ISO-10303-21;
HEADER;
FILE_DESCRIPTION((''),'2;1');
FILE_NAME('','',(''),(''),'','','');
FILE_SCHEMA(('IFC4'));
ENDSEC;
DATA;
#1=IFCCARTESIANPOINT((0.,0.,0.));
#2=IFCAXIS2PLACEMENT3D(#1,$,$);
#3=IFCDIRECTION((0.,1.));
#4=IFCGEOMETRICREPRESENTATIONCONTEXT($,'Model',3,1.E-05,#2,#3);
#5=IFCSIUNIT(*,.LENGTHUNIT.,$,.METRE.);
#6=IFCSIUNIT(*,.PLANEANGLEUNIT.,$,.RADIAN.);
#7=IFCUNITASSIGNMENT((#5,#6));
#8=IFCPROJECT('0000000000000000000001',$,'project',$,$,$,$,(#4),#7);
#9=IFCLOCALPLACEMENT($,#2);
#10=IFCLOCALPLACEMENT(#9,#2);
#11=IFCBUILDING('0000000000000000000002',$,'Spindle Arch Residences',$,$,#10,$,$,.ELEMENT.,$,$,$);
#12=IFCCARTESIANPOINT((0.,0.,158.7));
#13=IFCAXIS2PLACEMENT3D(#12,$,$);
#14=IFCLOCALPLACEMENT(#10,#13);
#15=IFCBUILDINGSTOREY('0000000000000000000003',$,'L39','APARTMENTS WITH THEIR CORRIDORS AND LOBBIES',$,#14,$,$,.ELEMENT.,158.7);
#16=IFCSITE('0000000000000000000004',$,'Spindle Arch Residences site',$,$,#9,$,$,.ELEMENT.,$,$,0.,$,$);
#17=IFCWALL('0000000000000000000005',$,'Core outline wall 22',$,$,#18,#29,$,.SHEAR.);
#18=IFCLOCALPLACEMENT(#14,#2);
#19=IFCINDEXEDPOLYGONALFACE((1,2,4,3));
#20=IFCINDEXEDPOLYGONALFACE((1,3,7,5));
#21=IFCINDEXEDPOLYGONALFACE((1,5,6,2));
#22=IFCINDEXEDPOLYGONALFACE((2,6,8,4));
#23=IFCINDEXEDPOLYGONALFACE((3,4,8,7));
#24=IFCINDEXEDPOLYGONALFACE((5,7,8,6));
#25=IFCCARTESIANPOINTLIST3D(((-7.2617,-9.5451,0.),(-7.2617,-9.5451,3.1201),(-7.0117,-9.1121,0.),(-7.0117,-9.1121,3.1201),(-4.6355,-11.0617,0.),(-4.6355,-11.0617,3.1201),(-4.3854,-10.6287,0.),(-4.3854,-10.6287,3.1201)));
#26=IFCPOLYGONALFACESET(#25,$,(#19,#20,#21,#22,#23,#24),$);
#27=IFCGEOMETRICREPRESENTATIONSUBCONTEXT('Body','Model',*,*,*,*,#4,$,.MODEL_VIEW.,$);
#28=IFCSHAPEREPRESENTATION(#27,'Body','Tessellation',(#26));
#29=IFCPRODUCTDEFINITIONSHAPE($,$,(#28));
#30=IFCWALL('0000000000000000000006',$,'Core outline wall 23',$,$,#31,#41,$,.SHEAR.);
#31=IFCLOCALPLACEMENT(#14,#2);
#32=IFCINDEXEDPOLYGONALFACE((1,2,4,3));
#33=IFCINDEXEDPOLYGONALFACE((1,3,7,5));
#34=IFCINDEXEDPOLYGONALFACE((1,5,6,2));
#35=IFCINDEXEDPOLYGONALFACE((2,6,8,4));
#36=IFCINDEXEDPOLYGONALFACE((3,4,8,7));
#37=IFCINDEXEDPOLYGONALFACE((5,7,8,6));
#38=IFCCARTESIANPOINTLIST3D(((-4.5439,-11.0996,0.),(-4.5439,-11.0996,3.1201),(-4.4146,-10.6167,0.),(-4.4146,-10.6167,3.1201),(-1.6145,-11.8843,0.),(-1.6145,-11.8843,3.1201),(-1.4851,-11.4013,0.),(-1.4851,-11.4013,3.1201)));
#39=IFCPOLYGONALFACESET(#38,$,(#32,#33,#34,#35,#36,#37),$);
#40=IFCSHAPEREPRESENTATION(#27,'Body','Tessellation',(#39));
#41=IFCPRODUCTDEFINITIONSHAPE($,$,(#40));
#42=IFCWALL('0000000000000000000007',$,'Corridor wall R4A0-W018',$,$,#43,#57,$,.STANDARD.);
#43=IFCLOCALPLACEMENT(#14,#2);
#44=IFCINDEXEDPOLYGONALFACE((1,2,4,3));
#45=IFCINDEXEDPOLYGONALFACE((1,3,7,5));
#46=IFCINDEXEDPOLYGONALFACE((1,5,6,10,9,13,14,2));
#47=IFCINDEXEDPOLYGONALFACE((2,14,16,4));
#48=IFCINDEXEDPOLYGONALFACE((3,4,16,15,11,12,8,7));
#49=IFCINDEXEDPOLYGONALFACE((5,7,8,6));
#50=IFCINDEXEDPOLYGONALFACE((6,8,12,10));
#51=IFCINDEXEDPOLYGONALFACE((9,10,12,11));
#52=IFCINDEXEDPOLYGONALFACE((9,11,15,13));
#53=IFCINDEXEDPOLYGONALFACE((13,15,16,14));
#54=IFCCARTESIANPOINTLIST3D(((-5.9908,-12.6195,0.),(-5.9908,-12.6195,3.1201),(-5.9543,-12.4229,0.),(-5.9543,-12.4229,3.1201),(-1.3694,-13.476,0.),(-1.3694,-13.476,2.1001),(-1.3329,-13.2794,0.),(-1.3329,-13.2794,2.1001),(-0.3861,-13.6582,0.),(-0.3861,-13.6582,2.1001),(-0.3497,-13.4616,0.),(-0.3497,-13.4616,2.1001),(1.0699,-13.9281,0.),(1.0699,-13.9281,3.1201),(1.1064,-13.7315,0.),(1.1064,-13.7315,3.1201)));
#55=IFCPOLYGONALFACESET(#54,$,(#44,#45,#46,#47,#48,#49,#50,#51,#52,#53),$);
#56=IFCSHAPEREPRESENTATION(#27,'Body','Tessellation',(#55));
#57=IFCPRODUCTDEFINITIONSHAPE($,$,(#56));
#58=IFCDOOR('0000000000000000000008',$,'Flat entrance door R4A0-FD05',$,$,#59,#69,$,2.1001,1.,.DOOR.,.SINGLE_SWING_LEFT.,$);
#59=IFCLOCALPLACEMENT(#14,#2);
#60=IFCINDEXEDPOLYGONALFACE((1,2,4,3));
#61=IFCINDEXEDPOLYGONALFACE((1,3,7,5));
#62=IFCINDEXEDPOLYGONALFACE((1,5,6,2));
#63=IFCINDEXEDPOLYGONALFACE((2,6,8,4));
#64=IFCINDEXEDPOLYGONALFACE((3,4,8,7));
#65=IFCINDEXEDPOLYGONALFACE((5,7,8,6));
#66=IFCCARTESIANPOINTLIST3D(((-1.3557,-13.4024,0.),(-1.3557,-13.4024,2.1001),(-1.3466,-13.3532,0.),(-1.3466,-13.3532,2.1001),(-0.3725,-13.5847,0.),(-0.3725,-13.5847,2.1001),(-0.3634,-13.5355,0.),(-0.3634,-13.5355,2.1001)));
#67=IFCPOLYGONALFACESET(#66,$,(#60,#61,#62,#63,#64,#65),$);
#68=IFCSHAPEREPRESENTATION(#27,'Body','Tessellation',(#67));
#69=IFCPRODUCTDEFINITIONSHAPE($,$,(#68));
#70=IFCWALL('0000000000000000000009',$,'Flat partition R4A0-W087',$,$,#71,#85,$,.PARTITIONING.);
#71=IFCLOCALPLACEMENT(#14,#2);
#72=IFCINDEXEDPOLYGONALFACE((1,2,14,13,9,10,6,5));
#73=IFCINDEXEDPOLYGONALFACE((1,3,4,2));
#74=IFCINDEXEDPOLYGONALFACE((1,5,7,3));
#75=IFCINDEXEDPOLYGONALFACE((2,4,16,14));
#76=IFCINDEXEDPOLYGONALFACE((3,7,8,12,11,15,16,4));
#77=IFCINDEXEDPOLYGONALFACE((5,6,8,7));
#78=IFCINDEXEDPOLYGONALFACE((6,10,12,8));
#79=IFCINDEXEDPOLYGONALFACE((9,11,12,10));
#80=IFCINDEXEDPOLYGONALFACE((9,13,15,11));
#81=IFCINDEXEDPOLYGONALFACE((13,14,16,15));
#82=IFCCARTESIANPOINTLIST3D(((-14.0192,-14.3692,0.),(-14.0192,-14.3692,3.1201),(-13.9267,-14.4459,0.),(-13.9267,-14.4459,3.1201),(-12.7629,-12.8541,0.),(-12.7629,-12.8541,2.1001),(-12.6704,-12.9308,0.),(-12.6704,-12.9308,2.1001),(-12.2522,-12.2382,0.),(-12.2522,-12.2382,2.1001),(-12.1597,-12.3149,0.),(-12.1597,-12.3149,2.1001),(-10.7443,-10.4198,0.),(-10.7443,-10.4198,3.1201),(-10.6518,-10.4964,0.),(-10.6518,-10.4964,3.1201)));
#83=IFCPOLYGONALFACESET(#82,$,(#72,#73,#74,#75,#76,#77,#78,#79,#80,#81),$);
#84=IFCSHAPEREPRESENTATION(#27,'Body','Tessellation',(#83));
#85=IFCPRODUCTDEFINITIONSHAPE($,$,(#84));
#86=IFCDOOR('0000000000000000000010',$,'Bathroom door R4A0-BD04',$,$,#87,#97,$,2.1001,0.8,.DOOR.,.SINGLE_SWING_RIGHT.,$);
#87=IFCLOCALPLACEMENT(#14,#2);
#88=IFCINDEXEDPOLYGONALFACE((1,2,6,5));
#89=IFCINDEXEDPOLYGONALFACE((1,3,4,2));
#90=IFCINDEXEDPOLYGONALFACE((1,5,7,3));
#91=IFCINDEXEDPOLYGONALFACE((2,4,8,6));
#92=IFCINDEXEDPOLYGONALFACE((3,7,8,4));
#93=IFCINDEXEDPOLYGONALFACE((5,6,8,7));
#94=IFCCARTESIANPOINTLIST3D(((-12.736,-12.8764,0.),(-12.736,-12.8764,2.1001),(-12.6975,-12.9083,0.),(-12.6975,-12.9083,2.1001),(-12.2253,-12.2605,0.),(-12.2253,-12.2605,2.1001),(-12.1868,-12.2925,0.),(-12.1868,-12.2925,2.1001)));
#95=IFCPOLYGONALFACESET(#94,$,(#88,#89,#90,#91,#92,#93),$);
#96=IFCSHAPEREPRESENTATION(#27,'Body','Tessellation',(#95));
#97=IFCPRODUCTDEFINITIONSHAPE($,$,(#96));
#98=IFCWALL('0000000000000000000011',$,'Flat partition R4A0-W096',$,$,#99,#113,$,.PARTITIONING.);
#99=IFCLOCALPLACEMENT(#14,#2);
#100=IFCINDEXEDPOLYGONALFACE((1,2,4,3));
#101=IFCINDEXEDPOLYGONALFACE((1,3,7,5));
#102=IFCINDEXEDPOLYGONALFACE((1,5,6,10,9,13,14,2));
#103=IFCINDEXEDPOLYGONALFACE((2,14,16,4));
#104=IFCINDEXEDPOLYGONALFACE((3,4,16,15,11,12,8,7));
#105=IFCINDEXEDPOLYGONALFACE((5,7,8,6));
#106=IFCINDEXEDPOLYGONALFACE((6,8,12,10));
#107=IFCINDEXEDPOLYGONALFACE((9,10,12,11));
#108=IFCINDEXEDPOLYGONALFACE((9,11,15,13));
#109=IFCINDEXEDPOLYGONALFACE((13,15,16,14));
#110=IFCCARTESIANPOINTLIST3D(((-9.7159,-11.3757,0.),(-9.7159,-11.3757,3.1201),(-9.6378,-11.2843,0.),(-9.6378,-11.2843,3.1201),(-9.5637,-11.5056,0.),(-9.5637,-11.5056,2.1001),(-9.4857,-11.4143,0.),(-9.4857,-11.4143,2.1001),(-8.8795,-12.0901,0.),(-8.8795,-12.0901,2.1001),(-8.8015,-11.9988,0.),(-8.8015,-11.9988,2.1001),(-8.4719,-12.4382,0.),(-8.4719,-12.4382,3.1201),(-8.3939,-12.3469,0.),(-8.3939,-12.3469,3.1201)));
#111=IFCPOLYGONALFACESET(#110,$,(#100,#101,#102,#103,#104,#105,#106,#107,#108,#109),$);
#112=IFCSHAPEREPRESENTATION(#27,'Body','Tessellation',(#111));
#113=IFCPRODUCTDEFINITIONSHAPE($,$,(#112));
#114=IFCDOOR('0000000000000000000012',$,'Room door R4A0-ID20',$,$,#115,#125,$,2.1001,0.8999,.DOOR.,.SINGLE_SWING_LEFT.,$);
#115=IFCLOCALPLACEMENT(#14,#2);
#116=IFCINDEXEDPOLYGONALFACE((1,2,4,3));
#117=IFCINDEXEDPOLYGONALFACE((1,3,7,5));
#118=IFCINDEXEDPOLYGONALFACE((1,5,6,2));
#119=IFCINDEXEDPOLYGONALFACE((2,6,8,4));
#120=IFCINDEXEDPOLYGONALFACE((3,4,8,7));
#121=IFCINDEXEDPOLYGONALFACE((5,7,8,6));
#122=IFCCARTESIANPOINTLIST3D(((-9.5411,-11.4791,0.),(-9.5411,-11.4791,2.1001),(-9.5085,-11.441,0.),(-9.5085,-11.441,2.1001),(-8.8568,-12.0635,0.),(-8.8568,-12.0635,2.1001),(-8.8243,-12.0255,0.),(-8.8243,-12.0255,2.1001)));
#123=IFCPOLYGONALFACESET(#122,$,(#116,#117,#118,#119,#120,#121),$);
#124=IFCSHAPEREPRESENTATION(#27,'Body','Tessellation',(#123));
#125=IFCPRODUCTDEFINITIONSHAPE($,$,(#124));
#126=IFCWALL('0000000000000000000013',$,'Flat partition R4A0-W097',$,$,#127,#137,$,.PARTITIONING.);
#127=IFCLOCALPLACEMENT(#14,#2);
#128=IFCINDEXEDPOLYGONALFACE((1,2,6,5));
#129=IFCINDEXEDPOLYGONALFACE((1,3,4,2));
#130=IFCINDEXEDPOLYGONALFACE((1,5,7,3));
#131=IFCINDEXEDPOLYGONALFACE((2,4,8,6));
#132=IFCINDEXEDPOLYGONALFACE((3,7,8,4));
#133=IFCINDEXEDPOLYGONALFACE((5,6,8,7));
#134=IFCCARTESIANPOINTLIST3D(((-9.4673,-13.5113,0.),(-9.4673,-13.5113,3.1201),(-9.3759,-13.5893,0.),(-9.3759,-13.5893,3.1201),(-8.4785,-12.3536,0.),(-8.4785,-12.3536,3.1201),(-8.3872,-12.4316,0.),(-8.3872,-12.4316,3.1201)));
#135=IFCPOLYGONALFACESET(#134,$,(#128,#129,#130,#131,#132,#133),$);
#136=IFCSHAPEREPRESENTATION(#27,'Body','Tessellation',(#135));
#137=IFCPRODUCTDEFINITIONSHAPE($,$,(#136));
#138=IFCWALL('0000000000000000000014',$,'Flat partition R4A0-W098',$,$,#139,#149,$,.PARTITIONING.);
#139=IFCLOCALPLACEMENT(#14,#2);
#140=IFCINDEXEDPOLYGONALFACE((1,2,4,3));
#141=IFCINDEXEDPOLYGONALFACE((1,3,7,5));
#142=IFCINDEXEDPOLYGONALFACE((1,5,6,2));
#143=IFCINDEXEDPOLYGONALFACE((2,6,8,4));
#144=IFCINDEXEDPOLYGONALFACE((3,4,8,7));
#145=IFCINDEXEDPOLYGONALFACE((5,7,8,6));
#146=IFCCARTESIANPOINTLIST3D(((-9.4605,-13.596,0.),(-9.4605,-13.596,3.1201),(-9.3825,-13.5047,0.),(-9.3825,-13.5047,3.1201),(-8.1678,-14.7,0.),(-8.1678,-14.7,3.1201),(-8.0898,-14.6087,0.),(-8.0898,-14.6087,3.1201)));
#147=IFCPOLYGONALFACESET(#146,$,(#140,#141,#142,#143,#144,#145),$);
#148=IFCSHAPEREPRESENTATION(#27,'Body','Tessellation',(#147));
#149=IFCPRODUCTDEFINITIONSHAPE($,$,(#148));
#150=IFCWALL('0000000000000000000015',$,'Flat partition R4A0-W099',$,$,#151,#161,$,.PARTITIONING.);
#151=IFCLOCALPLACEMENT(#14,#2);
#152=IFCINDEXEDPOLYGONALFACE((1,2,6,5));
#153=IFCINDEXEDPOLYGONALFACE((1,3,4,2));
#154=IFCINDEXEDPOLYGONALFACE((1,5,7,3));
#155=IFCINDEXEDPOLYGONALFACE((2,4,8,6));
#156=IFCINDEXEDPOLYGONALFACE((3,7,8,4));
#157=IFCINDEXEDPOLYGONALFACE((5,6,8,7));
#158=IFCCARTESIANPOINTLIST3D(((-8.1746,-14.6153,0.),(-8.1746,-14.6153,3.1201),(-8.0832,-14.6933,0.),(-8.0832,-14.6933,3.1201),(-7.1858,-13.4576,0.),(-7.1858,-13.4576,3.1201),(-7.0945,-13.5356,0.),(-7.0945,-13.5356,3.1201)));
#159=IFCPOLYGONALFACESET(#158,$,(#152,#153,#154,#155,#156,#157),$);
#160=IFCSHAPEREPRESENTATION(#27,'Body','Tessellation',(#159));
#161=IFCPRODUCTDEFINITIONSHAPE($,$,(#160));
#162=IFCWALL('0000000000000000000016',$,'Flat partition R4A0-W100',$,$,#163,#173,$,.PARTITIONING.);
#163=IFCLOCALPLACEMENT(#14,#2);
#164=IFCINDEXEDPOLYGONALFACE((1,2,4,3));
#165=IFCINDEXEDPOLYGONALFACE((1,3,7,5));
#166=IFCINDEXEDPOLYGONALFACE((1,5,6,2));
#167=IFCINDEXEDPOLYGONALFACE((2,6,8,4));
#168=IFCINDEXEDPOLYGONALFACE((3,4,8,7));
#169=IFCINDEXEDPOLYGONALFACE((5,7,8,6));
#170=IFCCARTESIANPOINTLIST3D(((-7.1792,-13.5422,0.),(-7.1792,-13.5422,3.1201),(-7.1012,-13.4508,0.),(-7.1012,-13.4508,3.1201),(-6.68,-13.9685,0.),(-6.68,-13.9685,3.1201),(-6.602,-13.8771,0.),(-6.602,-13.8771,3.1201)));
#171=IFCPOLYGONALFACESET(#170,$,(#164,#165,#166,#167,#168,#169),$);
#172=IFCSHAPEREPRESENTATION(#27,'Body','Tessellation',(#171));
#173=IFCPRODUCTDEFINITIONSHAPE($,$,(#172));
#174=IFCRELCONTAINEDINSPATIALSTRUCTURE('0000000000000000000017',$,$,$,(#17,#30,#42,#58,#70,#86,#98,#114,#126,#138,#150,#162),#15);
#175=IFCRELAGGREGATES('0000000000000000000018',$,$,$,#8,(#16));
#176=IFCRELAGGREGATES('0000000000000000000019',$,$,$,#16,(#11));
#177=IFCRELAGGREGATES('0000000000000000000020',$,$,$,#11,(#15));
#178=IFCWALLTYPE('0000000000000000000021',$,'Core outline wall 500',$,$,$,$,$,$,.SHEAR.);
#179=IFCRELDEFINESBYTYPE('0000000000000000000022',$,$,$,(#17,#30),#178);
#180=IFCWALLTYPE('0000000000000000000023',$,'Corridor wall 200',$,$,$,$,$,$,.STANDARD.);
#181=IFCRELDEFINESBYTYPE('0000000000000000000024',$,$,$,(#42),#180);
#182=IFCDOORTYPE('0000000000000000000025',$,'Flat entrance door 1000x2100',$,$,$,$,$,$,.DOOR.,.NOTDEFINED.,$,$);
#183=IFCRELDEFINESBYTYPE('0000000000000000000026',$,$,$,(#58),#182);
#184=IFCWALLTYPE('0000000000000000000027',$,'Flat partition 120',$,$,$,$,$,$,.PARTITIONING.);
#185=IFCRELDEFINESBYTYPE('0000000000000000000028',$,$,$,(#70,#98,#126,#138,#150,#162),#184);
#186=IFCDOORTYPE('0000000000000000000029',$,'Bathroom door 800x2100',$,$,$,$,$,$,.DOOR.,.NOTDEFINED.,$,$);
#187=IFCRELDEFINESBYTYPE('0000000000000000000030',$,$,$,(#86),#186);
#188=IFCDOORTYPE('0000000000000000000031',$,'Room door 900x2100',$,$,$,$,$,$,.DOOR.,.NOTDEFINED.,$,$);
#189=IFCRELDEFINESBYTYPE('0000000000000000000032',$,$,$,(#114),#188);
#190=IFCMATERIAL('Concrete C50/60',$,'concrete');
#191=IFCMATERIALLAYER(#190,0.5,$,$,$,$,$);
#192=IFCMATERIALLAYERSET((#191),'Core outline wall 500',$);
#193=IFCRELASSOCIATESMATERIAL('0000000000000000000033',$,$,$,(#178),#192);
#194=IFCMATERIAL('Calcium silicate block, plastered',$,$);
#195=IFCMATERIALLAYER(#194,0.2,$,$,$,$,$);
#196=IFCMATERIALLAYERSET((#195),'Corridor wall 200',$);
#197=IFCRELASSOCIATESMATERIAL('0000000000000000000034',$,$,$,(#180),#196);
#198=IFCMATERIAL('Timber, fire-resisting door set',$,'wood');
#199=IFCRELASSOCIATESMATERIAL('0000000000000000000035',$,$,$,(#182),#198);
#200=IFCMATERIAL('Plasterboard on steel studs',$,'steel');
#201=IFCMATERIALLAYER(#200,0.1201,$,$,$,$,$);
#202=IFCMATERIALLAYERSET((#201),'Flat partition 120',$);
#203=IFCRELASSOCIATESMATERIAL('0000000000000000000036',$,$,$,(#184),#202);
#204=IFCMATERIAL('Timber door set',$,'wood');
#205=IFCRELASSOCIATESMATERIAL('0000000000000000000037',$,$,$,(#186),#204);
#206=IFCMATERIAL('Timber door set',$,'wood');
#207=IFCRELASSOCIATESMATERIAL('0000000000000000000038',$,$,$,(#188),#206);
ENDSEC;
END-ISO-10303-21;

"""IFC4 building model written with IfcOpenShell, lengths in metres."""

from ifc_helpers import new_model, si_unit, direction, frame, frame_2d, origin, place, context, subcontext, project, spatial, rectangle, extrude, material, layer, layer_set, type_object, element, fill, save


model = new_model("IFC4")

# Units and contexts
model_context = context("Model", 3, precision=1e-05, world=origin(), true_north=direction((0.0, 1.0)))
body_context = subcontext(model_context, "Body", "Model", "MODEL_VIEW")
ifc_project = project(units=[si_unit("LENGTHUNIT", "METRE"), si_unit("PLANEANGLEUNIT", "RADIAN")], contexts=[model_context])

# Site, building, storey
site_placement = place(None, origin())
site = spatial("IfcSite", under=ifc_project, at=site_placement, Name="Spindle Arch Residences site", CompositionType="ELEMENT", RefElevation=0.0)
building_placement = place(site_placement, origin())
building = spatial("IfcBuilding", under=site, at=building_placement, Name="Spindle Arch Residences", CompositionType="ELEMENT")
storey_placement = place(building_placement, frame((0.0, 0.0, 158.7)))
storey = spatial("IfcBuildingStorey", under=building, at=storey_placement, Name="L39", Description="APARTMENTS WITH THEIR CORRIDORS AND LOBBIES", CompositionType="ELEMENT", Elevation=158.7)

# Walls
ifc_material_1 = material(Name="Concrete C50/60", Category="concrete")
ifc_layer_1 = layer(ifc_material_1, 0.5)
ifc_layer_set_1 = layer_set([ifc_layer_1], Name="Core outline wall 500")
wall_type_1 = type_object("IfcWallType", Name="Core outline wall 500", PredefinedType="SHEAR", material=ifc_layer_set_1)
for number, where, z_axis, x_axis, name in (
    (1, (-7.1367, -9.3286, 0.0), (0.0, 0.0, 1.0), (0.865975, -0.500087, 0.0), "Core outline wall 22"),
    (2, (-4.4792, -10.8582, 0.0), (0.0, 0.0, 1.0), (0.965948, -0.258735, 0.0), "Core outline wall 23"),
):
    element("IfcWall", number, at=place(storey_placement, frame(where, z_axis=z_axis, x_axis=x_axis)), inside=storey, type_object=wall_type_1, Name=name, PredefinedType="SHEAR", context=body_context, shape_type="SweptSolid", body=[
        extrude(rectangle(XDim=3.0327, YDim=0.5, at=frame_2d((1.5164, 0.0))), origin(), (0.0, 0.0, 1.0), 3.1201),
    ])

# Walls, openings, doors
ifc_material_2 = material(Name="Calcium silicate block, plastered")
ifc_layer_2 = layer(ifc_material_2, 0.2)
ifc_layer_set_2 = layer_set([ifc_layer_2], Name="Corridor wall 200")
wall_type_2 = type_object("IfcWallType", Name="Corridor wall 200", PredefinedType="STANDARD", material=ifc_layer_set_2)
wall_1_placement = place(storey_placement, frame((-5.9724, -12.5212, 0.0), z_axis=(0.0, 0.0, 1.0), x_axis=(0.983256, -0.182229, 0.0)))
wall_1 = element("IfcWall", 3, at=wall_1_placement, inside=storey, type_object=wall_type_2, Name="Corridor wall R4A0-W018", PredefinedType="STANDARD", context=body_context, shape_type="SweptSolid", body=[
    extrude(rectangle(XDim=7.1809, YDim=0.2, at=frame_2d((3.5903, 0.0))), origin(), (0.0, 0.0, 1.0), 3.1201),
])
opening_1_placement = place(wall_1_placement, frame((4.7, 0.0, 0.0)))
opening_1 = element("IfcOpeningElement", 4, at=opening_1_placement, cuts=wall_1, PredefinedType="OPENING", context=body_context, shape_type="SweptSolid", body=[
    extrude(rectangle(XDim=1.0, YDim=2.1001, at=frame_2d((0.5, 1.05))), frame((0.0, 0.1099, 0.0), z_axis=(0.0, -1.0, 0.0), x_axis=(1.0, 0.0, 0.0)), (0.0, 0.0, 1.0), 0.22),
])
ifc_material_3 = material(Name="Timber, fire-resisting door set", Category="wood")
door_type_1 = type_object("IfcDoorType", Name="Flat entrance door 1000x2100", OperationType="NOTDEFINED", PredefinedType="DOOR", material=ifc_material_3)
door_1_placement = place(opening_1_placement, origin())
door_1 = element("IfcDoor", 5, at=door_1_placement, inside=storey, type_object=door_type_1, Name="Flat entrance door R4A0-FD05", OperationType="SINGLE_SWING_LEFT", OverallHeight=2.1001, OverallWidth=1.0, PredefinedType="DOOR", context=body_context, shape_type="SweptSolid", body=[
    extrude(rectangle(XDim=1.0, YDim=2.1001, at=frame_2d((0.5, 1.05))), frame((0.0, 0.0249, 0.0), z_axis=(0.0, -1.0, 0.0), x_axis=(1.0, 0.0, 0.0)), (0.0, 0.0, 1.0), 0.05),
])
fill(opening_1, door_1)
ifc_material_4 = material(Name="Plasterboard on steel studs", Category="steel")
ifc_layer_3 = layer(ifc_material_4, 0.1201)
ifc_layer_set_3 = layer_set([ifc_layer_3], Name="Flat partition 120")
wall_type_3 = type_object("IfcWallType", Name="Flat partition 120", PredefinedType="PARTITIONING", material=ifc_layer_set_3)
wall_2_placement = place(storey_placement, frame((-10.698, -10.458, 0.0), z_axis=(0.0, 0.0, 1.0), x_axis=(-0.638306, -0.769783, 0.0)))
wall_2 = element("IfcWall", 6, at=wall_2_placement, inside=storey, type_object=wall_type_3, Name="Flat partition R4A0-W087", PredefinedType="PARTITIONING", context=body_context, shape_type="SweptSolid", body=[
    extrude(rectangle(XDim=5.1306, YDim=0.1201, at=frame_2d((2.5654, 0.0))), origin(), (0.0, 0.0, 1.0), 3.1201),
])
opening_2_placement = place(wall_2_placement, frame((2.3625, 0.0, 0.0)))
opening_2 = element("IfcOpeningElement", 7, at=opening_2_placement, cuts=wall_2, PredefinedType="OPENING", context=body_context, shape_type="SweptSolid", body=[
    extrude(rectangle(XDim=0.8, YDim=2.1001, at=frame_2d((0.3999, 1.05))), frame((0.0, 0.0701, 0.0), z_axis=(0.0, -1.0, 0.0), x_axis=(1.0, 0.0, 0.0)), (0.0, 0.0, 1.0), 0.1401),
])
ifc_material_5 = material(Name="Timber door set", Category="wood")
door_type_2 = type_object("IfcDoorType", Name="Bathroom door 800x2100", OperationType="NOTDEFINED", PredefinedType="DOOR", material=ifc_material_5)
door_2_placement = place(opening_2_placement, origin())
door_2 = element("IfcDoor", 8, at=door_2_placement, inside=storey, type_object=door_type_2, Name="Bathroom door R4A0-BD04", OperationType="SINGLE_SWING_RIGHT", OverallHeight=2.1001, OverallWidth=0.8, PredefinedType="DOOR", context=body_context, shape_type="SweptSolid", body=[
    extrude(rectangle(XDim=0.8, YDim=2.1001, at=frame_2d((0.3999, 1.05))), frame((0.0, 0.0249, 0.0), z_axis=(0.0, -1.0, 0.0), x_axis=(1.0, 0.0, 0.0)), (0.0, 0.0, 1.0), 0.05),
])
fill(opening_2, door_2)
wall_3_placement = place(storey_placement, frame((-9.6768, -11.3301, 0.0), z_axis=(0.0, 0.0, 1.0), x_axis=(0.760372, -0.649488, 0.0)))
wall_3 = element("IfcWall", 9, at=wall_3_placement, inside=storey, type_object=wall_type_3, Name="Flat partition R4A0-W096", PredefinedType="PARTITIONING", context=body_context, shape_type="SweptSolid", body=[
    extrude(rectangle(XDim=1.636, YDim=0.1201, at=frame_2d((0.8179, 0.0))), origin(), (0.0, 0.0, 1.0), 3.1201),
])
opening_3_placement = place(wall_3_placement, frame((0.2, 0.0, 0.0)))
opening_3 = element("IfcOpeningElement", 10, at=opening_3_placement, cuts=wall_3, PredefinedType="OPENING", context=body_context, shape_type="SweptSolid", body=[
    extrude(rectangle(XDim=0.8999, YDim=2.1001, at=frame_2d((0.45, 1.05))), frame((0.0, 0.0701, 0.0), z_axis=(0.0, -1.0, 0.0), x_axis=(1.0, 0.0, 0.0)), (0.0, 0.0, 1.0), 0.1401),
])
ifc_material_6 = material(Name="Timber door set", Category="wood")
door_type_3 = type_object("IfcDoorType", Name="Room door 900x2100", OperationType="NOTDEFINED", PredefinedType="DOOR", material=ifc_material_6)
door_3_placement = place(opening_3_placement, origin())
door_3 = element("IfcDoor", 11, at=door_3_placement, inside=storey, type_object=door_type_3, Name="Room door R4A0-ID20", OperationType="SINGLE_SWING_LEFT", OverallHeight=2.1001, OverallWidth=0.8999, PredefinedType="DOOR", context=body_context, shape_type="SweptSolid", body=[
    extrude(rectangle(XDim=0.8999, YDim=2.1001, at=frame_2d((0.45, 1.05))), frame((0.0, 0.0249, 0.0), z_axis=(0.0, -1.0, 0.0), x_axis=(1.0, 0.0, 0.0)), (0.0, 0.0, 1.0), 0.05),
])
fill(opening_3, door_3)

# Walls
wall_4_placement = place(storey_placement, frame((-8.4329, -12.3926, 0.0), z_axis=(0.0, 0.0, 1.0), x_axis=(-0.649443, -0.76041, 0.0)))
element("IfcWall", 12, at=wall_4_placement, inside=storey, type_object=wall_type_3, Name="Flat partition R4A0-W097", PredefinedType="PARTITIONING", context=body_context, shape_type="SweptSolid", body=[
    extrude(rectangle(XDim=1.5225, YDim=0.1201, at=frame_2d((0.7612, 0.0))), origin(), (0.0, 0.0, 1.0), 3.1201),
])
wall_5_placement = place(storey_placement, frame((-9.4216, -13.5503, 0.0), z_axis=(0.0, 0.0, 1.0), x_axis=(0.760431, -0.649418, 0.0)))
element("IfcWall", 13, at=wall_5_placement, inside=storey, type_object=wall_type_3, Name="Flat partition R4A0-W098", PredefinedType="PARTITIONING", context=body_context, shape_type="SweptSolid", body=[
    extrude(rectangle(XDim=1.7, YDim=0.1201, at=frame_2d((0.8501, 0.0))), origin(), (0.0, 0.0, 1.0), 3.1201),
])
wall_6_placement = place(storey_placement, frame((-8.1289, -14.6543, 0.0), z_axis=(0.0, 0.0, 1.0), x_axis=(0.649443, 0.76041, 0.0)))
element("IfcWall", 14, at=wall_6_placement, inside=storey, type_object=wall_type_3, Name="Flat partition R4A0-W099", PredefinedType="PARTITIONING", context=body_context, shape_type="SweptSolid", body=[
    extrude(rectangle(XDim=1.5225, YDim=0.1201, at=frame_2d((0.7612, 0.0))), origin(), (0.0, 0.0, 1.0), 3.1201),
])
wall_7_placement = place(storey_placement, frame((-7.1401, -13.4966, 0.0), z_axis=(0.0, 0.0, 1.0), x_axis=(0.760515, -0.64932, 0.0)))
element("IfcWall", 15, at=wall_7_placement, inside=storey, type_object=wall_type_3, Name="Flat partition R4A0-W100", PredefinedType="PARTITIONING", context=body_context, shape_type="SweptSolid", body=[
    extrude(rectangle(XDim=0.6565, YDim=0.1201, at=frame_2d((0.3281, 0.0))), origin(), (0.0, 0.0, 1.0), 3.1201),
])

save(model, "model.ifc")
